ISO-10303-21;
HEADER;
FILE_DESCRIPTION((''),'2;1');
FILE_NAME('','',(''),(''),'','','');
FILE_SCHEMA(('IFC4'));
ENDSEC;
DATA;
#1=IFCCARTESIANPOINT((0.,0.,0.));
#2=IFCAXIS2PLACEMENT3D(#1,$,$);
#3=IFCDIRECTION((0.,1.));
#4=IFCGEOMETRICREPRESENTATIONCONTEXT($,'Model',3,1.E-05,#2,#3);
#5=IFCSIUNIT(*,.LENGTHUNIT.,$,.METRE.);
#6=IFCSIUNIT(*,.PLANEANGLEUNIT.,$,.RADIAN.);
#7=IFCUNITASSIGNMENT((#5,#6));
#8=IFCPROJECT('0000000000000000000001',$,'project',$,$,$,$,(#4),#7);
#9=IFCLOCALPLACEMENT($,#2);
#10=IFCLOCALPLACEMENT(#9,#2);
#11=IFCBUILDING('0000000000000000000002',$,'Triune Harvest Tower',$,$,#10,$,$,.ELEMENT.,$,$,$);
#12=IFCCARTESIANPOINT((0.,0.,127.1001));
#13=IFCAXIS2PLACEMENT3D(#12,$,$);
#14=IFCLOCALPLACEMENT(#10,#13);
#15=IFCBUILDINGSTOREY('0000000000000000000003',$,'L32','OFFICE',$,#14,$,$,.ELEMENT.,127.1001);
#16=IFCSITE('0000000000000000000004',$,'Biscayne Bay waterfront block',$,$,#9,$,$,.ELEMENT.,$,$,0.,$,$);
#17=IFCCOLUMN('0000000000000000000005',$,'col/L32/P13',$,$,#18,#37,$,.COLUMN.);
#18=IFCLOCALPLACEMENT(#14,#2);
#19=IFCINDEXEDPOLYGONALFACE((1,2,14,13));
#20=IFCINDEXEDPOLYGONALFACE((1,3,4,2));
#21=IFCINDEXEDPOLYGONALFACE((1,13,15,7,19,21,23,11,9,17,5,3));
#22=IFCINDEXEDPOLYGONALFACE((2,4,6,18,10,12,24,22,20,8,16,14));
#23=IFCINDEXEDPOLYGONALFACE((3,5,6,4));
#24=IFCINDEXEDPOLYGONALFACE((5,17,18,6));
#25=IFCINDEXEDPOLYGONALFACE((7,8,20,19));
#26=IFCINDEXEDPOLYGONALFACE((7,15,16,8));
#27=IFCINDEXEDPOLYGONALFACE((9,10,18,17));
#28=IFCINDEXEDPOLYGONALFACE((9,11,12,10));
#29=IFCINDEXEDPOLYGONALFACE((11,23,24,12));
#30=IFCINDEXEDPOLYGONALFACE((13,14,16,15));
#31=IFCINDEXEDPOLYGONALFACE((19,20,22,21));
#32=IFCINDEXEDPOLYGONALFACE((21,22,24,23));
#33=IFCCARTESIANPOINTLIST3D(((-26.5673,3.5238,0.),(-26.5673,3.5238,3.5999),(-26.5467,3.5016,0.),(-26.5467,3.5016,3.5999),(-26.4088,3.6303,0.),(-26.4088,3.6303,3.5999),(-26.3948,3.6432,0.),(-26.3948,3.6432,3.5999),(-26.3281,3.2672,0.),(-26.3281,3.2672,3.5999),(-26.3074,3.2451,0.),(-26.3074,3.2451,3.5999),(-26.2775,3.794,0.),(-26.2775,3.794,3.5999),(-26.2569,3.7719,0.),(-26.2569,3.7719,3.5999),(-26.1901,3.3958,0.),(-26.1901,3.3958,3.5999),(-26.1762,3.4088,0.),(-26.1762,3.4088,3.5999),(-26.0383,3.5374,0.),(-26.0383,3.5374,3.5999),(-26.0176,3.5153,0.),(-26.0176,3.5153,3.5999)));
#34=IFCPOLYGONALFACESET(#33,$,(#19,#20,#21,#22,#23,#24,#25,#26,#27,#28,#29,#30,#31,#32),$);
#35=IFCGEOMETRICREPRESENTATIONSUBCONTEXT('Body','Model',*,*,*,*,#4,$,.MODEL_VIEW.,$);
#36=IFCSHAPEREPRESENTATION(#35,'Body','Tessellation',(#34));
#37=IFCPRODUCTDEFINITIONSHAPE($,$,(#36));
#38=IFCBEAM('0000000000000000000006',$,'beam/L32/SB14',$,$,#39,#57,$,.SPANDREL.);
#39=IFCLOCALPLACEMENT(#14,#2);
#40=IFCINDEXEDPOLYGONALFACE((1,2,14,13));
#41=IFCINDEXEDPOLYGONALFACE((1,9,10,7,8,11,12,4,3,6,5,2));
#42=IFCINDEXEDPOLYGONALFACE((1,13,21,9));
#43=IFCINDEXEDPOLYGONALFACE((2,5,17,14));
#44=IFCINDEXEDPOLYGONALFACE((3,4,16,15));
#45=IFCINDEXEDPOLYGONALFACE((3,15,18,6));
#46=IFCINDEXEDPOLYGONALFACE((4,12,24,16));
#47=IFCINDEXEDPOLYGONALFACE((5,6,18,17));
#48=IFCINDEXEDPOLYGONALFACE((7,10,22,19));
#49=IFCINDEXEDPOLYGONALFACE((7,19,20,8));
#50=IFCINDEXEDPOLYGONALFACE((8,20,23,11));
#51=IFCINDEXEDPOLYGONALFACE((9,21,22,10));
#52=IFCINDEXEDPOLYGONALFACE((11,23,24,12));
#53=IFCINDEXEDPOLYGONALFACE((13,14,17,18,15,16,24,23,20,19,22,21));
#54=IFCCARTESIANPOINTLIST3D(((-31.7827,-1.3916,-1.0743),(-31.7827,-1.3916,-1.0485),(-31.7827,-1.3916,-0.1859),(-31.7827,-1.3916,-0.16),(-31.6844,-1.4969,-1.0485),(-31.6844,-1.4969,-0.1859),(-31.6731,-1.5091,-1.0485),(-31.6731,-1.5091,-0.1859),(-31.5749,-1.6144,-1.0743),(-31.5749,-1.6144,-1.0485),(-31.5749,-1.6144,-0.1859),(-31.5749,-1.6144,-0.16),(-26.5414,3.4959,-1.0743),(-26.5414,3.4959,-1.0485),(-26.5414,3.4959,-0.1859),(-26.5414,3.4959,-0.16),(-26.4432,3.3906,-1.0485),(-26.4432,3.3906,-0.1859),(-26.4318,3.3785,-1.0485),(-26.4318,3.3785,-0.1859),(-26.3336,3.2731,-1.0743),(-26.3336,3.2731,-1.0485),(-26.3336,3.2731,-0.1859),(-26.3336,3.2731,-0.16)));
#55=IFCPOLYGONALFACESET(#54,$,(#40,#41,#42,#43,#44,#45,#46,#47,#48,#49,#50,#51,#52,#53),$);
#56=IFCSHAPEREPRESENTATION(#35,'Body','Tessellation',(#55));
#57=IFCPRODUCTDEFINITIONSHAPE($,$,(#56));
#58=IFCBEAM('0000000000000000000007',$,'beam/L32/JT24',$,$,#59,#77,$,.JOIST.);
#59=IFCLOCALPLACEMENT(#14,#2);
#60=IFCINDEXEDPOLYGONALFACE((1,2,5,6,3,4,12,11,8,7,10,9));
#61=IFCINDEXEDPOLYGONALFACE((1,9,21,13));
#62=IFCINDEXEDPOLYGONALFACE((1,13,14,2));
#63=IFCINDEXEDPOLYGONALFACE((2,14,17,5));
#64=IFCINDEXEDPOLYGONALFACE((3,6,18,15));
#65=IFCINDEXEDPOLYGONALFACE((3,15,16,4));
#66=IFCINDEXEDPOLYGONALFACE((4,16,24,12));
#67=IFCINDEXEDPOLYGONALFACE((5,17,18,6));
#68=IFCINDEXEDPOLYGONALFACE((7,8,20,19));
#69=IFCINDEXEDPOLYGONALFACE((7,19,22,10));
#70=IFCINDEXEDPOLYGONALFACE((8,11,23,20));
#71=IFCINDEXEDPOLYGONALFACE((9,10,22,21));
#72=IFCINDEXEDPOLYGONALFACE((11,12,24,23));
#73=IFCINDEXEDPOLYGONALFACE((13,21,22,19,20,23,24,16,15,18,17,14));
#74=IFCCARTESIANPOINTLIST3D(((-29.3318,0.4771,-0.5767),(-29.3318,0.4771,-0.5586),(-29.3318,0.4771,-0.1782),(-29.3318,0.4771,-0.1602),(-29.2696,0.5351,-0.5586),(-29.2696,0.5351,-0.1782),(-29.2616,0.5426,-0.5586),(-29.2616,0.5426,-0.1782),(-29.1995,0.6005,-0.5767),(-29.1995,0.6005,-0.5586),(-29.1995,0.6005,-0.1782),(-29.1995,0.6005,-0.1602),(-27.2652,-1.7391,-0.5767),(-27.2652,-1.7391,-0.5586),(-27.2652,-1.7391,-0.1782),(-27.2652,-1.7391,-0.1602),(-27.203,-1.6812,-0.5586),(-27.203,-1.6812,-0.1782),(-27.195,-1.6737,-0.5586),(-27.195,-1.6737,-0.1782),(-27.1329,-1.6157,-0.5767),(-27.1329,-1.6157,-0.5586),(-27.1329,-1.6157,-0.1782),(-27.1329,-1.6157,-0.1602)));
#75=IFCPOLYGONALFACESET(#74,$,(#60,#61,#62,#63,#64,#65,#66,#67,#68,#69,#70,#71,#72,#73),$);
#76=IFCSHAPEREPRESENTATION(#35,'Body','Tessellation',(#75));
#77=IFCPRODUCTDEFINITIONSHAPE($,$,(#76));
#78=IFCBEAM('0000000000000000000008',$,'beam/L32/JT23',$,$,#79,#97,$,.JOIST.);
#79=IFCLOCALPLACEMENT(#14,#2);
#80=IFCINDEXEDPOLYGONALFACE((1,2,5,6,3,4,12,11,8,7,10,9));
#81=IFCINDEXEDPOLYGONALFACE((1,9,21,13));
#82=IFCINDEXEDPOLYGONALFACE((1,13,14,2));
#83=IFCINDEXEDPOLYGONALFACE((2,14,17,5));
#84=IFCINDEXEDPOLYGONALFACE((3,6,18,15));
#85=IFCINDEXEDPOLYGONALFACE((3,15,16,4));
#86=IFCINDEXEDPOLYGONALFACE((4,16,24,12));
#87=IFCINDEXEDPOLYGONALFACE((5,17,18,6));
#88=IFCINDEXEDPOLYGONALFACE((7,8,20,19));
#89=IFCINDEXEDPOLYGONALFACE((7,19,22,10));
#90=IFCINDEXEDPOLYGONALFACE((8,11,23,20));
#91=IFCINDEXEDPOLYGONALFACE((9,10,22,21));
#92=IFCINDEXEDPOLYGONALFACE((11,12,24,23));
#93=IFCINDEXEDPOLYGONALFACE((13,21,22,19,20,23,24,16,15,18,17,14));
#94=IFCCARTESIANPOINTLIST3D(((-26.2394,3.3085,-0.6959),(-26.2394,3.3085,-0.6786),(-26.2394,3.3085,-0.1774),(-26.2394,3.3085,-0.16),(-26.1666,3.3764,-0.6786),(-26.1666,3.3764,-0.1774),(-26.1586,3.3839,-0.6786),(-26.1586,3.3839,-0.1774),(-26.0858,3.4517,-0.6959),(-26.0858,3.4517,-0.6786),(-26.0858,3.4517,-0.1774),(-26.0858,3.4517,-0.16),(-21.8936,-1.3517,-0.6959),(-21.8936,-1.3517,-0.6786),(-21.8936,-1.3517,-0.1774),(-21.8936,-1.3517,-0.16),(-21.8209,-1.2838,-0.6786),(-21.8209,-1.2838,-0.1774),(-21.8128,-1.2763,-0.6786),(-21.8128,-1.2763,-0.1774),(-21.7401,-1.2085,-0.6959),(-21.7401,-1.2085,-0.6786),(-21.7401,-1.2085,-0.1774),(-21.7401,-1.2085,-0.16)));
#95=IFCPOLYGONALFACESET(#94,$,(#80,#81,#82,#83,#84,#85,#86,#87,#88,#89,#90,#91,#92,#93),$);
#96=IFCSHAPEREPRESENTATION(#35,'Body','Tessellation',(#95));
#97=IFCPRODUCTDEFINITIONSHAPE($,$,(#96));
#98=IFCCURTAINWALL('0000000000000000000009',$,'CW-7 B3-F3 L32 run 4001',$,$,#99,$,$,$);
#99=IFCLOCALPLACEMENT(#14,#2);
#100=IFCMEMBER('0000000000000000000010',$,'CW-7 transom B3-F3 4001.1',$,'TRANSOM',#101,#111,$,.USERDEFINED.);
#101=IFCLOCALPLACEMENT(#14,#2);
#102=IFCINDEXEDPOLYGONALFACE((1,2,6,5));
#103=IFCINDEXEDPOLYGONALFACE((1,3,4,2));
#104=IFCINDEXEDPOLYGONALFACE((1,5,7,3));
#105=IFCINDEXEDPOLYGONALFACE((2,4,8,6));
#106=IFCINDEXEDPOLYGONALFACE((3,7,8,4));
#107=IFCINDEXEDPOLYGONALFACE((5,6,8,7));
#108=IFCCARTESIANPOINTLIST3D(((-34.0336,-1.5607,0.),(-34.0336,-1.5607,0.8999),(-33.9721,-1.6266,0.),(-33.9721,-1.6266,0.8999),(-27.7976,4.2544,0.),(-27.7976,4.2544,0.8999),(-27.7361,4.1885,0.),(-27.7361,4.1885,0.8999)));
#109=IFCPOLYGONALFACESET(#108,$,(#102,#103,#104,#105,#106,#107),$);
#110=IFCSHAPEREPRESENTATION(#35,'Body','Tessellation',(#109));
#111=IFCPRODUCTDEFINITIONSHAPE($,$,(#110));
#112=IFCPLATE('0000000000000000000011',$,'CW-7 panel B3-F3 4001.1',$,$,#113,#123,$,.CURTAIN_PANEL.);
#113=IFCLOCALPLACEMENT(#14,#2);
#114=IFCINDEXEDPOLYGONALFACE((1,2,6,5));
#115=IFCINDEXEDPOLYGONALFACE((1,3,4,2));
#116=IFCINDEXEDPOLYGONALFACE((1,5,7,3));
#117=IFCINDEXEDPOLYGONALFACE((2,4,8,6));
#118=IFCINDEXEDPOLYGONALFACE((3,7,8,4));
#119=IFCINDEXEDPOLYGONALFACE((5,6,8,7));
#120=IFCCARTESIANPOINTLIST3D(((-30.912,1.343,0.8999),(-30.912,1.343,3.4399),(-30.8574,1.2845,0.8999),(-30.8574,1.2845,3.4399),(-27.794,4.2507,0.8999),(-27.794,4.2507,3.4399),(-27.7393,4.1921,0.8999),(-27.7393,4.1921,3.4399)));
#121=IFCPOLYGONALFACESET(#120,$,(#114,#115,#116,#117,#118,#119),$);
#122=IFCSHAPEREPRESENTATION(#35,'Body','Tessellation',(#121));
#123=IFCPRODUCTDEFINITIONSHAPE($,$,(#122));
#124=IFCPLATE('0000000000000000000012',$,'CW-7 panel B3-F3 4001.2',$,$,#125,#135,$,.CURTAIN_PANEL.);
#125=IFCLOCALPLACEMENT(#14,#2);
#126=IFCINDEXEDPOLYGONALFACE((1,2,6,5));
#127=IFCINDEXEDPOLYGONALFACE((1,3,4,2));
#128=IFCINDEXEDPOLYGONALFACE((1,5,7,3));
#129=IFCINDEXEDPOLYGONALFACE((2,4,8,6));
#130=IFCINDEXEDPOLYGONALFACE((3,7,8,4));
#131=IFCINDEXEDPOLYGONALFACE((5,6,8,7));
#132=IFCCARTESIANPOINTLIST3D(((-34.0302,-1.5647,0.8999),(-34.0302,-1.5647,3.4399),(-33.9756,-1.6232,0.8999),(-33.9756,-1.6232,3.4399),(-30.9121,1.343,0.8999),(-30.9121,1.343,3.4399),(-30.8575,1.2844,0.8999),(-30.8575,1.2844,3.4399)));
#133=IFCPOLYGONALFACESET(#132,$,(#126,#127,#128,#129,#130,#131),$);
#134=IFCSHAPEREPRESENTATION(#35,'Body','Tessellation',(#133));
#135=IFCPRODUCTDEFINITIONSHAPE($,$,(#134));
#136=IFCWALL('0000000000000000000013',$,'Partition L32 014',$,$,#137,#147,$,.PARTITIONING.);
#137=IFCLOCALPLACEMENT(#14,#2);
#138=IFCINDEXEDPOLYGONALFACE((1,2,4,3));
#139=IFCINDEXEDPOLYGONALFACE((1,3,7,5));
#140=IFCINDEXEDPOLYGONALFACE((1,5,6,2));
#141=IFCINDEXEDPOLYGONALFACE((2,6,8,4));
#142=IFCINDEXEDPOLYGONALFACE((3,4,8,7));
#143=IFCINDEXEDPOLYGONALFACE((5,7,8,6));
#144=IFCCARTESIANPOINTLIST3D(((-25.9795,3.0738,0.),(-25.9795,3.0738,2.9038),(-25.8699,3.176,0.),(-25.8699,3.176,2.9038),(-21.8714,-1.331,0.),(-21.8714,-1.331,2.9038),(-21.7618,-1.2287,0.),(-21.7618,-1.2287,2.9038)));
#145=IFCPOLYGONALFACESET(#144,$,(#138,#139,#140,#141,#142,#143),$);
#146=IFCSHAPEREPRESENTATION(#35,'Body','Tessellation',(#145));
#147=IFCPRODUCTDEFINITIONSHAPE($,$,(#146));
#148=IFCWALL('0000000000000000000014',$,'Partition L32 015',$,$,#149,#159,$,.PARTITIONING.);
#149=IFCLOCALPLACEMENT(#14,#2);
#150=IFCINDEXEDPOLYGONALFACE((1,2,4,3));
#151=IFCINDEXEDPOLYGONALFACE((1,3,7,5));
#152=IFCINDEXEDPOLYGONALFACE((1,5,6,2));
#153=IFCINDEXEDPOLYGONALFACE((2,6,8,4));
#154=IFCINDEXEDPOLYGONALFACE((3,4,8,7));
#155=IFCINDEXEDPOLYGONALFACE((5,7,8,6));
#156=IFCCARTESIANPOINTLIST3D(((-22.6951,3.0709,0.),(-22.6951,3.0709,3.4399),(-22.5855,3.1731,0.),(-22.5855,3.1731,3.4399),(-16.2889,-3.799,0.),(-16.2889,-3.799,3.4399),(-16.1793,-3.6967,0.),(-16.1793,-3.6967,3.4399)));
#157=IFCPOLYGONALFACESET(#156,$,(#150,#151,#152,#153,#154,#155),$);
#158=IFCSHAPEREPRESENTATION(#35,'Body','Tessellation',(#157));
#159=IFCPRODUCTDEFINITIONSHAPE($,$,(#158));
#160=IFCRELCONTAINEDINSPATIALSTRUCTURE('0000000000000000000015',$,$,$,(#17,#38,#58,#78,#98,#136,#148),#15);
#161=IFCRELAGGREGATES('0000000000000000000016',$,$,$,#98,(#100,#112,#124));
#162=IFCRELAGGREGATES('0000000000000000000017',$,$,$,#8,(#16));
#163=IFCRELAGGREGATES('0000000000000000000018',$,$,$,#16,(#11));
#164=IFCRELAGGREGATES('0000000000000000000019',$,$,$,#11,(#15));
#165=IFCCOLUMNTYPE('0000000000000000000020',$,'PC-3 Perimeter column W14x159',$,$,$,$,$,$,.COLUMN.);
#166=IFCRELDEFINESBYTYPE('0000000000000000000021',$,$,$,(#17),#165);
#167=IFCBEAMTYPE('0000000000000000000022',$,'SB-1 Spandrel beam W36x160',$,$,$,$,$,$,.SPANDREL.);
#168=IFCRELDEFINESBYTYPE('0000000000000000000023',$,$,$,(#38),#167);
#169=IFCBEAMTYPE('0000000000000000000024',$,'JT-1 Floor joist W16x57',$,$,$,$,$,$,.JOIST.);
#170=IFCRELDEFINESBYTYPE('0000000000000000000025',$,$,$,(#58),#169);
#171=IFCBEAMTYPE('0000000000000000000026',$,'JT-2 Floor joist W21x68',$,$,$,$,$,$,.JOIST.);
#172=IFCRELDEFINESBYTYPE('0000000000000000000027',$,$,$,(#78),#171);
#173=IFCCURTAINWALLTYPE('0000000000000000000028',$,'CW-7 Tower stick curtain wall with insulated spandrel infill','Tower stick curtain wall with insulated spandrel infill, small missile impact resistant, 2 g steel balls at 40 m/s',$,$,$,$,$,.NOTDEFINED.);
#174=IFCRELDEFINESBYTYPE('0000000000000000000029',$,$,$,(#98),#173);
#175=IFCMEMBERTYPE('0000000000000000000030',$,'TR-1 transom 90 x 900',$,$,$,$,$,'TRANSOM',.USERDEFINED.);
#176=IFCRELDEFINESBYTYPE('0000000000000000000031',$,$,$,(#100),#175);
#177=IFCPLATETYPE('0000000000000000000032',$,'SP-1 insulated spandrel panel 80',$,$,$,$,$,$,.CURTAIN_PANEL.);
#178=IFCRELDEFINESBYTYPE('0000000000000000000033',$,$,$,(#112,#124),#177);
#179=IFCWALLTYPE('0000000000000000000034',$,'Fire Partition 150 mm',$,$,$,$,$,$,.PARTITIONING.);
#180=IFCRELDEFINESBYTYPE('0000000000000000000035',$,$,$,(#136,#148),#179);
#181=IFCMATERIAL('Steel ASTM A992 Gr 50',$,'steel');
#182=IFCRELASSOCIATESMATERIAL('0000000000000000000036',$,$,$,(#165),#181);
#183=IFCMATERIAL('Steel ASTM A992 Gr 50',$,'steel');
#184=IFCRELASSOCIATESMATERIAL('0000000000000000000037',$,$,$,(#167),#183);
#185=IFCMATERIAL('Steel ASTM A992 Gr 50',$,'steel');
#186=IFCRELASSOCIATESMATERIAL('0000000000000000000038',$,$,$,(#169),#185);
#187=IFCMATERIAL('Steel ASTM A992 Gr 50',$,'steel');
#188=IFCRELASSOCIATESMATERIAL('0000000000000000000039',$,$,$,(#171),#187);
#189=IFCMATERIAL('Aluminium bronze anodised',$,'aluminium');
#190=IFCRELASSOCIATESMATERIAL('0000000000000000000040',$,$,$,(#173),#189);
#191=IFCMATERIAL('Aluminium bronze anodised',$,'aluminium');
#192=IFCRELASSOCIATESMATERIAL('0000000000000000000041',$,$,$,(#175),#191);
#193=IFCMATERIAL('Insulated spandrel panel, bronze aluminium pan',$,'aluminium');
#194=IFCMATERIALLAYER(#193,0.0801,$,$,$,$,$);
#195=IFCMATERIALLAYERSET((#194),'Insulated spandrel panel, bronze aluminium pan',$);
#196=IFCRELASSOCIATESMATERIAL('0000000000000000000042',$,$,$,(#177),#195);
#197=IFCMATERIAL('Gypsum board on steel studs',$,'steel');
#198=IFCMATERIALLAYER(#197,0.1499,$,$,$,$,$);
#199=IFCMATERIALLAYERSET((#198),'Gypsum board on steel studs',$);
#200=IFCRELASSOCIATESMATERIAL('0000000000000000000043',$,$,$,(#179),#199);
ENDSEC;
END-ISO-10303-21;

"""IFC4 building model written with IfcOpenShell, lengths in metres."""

from ifc_helpers import new_model, si_unit, direction, frame, frame_2d, origin, origin_2d, place, context, subcontext, project, spatial, rectangle, i_section, extrude, source, transform, mapped, material, layer, layer_set, material_profile, profile_set, type_object, element, aggregate, save


model = new_model("IFC4")

# Units and contexts
model_context = context("Model", 3, precision=1e-05, world=origin(), true_north=direction((0.0, 1.0)))
body_context = subcontext(model_context, "Body", "Model", "MODEL_VIEW")
ifc_project = project(units=[si_unit("LENGTHUNIT", "METRE"), si_unit("PLANEANGLEUNIT", "RADIAN")], contexts=[model_context])

# Site, building, storey
site_placement = place(None, origin())
site = spatial("IfcSite", under=ifc_project, at=site_placement, Name="Biscayne Bay waterfront block", CompositionType="ELEMENT", RefElevation=0.0)
building_placement = place(site_placement, origin())
building = spatial("IfcBuilding", under=site, at=building_placement, Name="Triune Harvest Tower", CompositionType="ELEMENT")
storey_placement = place(building_placement, frame((0.0, 0.0, 127.1001)))
storey = spatial("IfcBuildingStorey", under=building, at=storey_placement, Name="L32", Description="OFFICE", CompositionType="ELEMENT", Elevation=127.1001)

# Column
ifc_material_1 = material(Name="Steel ASTM A992 Gr 50", Category="steel")
ifc_material_profile_1 = material_profile(ifc_material_1, i_section(OverallWidth=0.3962, OverallDepth=0.3811, WebThickness=0.019, FlangeThickness=0.0303, at=origin_2d()), Name="W14x159")
ifc_profile_set_1 = profile_set([ifc_material_profile_1], Name="Steel ASTM A992 Gr 50")
column_type = type_object("IfcColumnType", Name="PC-3 Perimeter column W14x159", PredefinedType="COLUMN", material=ifc_profile_set_1)
shared_shape_1 = source(origin(), body_context, "Body", "SweptSolid", [
    extrude(i_section(OverallWidth=0.3962, OverallDepth=0.3811, WebThickness=0.019, FlangeThickness=0.0303, at=origin_2d()), origin(), (0.0, 0.0, 1.0), 3.5999),
])
column_placement = place(storey_placement, frame((-26.2925, 3.5195, 0.0), z_axis=(0.0, 0.0, 1.0), x_axis=(-0.731355, -0.681997, 0.0)))
element("IfcColumn", 1, at=column_placement, inside=storey, type_object=column_type, Name="col/L32/P13", PredefinedType="COLUMN", context=body_context, shape_type="MappedRepresentation", body=[
    mapped(shared_shape_1, transform((0.0, 0.0, 0.0), scale=1.0)),
])

# Beams
ifc_material_2 = material(Name="Steel ASTM A992 Gr 50", Category="steel")
ifc_material_profile_2 = material_profile(ifc_material_2, i_section(OverallWidth=0.3047, OverallDepth=0.9143, WebThickness=0.0166, FlangeThickness=0.0259, at=origin_2d()), Name="W36x160")
ifc_profile_set_2 = profile_set([ifc_material_profile_2], Name="Steel ASTM A992 Gr 50")
beam_type_1 = type_object("IfcBeamType", Name="SB-1 Spandrel beam W36x160", PredefinedType="SPANDREL", material=ifc_profile_set_2)
shared_shape_2 = source(origin(), body_context, "Body", "SweptSolid", [
    extrude(i_section(OverallWidth=0.3047, OverallDepth=0.9143, WebThickness=0.0166, FlangeThickness=0.0259, at=origin_2d()), origin(), (0.0, 0.0, 1.0), 7.1665),
])
beam_1_placement = place(storey_placement, frame((-26.4375, 3.3845, -0.6172), z_axis=(-0.731358, -0.681994, 0.0), x_axis=(0.681994, -0.731358, 0.0)))
element("IfcBeam", 2, at=beam_1_placement, inside=storey, type_object=beam_type_1, Name="beam/L32/SB14", PredefinedType="SPANDREL", context=body_context, shape_type="MappedRepresentation", body=[
    mapped(shared_shape_2, transform((0.0, 0.0, 0.0), scale=1.0)),
])
ifc_material_3 = material(Name="Steel ASTM A992 Gr 50", Category="steel")
ifc_material_profile_3 = material_profile(ifc_material_3, i_section(OverallWidth=0.1809, OverallDepth=0.4165, WebThickness=0.011, FlangeThickness=0.0181, at=origin_2d()), Name="W16x57")
ifc_profile_set_3 = profile_set([ifc_material_profile_3], Name="Steel ASTM A992 Gr 50")
beam_type_2 = type_object("IfcBeamType", Name="JT-1 Floor joist W16x57", PredefinedType="JOIST", material=ifc_profile_set_3)
shared_shape_3 = source(origin(), body_context, "Body", "SweptSolid", [
    extrude(i_section(OverallWidth=0.1809, OverallDepth=0.4165, WebThickness=0.011, FlangeThickness=0.0181, at=origin_2d()), origin(), (0.0, 0.0, 1.0), 3.0303),
])
beam_2_placement = place(storey_placement, frame((-29.2656, 0.5388, -0.3684), z_axis=(0.681982, -0.731369, 0.0), x_axis=(0.731369, 0.681982, 0.0)))
element("IfcBeam", 3, at=beam_2_placement, inside=storey, type_object=beam_type_2, Name="beam/L32/JT24", PredefinedType="JOIST", context=body_context, shape_type="MappedRepresentation", body=[
    mapped(shared_shape_3, transform((0.0, 0.0, 0.0), scale=1.0)),
])
ifc_material_4 = material(Name="Steel ASTM A992 Gr 50", Category="steel")
ifc_material_profile_4 = material_profile(ifc_material_4, i_section(OverallWidth=0.21, OverallDepth=0.5359, WebThickness=0.011, FlangeThickness=0.0173, at=origin_2d()), Name="W21x68")
ifc_profile_set_4 = profile_set([ifc_material_profile_4], Name="Steel ASTM A992 Gr 50")
beam_type_3 = type_object("IfcBeamType", Name="JT-2 Floor joist W21x68", PredefinedType="JOIST", material=ifc_profile_set_4)
shared_shape_4 = source(origin(), body_context, "Body", "SweptSolid", [
    extrude(i_section(OverallWidth=0.21, OverallDepth=0.5359, WebThickness=0.011, FlangeThickness=0.0173, at=origin_2d()), origin(), (0.0, 0.0, 1.0), 6.3721),
])
beam_3_placement = place(storey_placement, frame((-26.1626, 3.3801, -0.428), z_axis=(0.682001, -0.731351, 0.0), x_axis=(0.731351, 0.682001, 0.0)))
element("IfcBeam", 4, at=beam_3_placement, inside=storey, type_object=beam_type_3, Name="beam/L32/JT23", PredefinedType="JOIST", context=body_context, shape_type="MappedRepresentation", body=[
    mapped(shared_shape_4, transform((0.0, 0.0, 0.0), scale=1.0)),
])

# Curtain wall, member, plates
ifc_material_5 = material(Name="Aluminium bronze anodised", Category="aluminium")
curtain_wall_type = type_object("IfcCurtainWallType", Name="CW-7 Tower stick curtain wall with insulated spandrel infill", Description="Tower stick curtain wall with insulated spandrel infill, small missile impact resistant, 2 g steel balls at 40 m/s", PredefinedType="NOTDEFINED", material=ifc_material_5)
curtain_wall_placement = place(storey_placement, origin())
curtain_wall = element("IfcCurtainWall", 5, at=curtain_wall_placement, inside=storey, type_object=curtain_wall_type, Name="CW-7 B3-F3 L32 run 4001")
ifc_material_6 = material(Name="Aluminium bronze anodised", Category="aluminium")
ifc_material_profile_5 = material_profile(ifc_material_6, rectangle(XDim=0.0901, YDim=0.8999, at=origin_2d()), Name="TR-1 transom 90 x 900")
ifc_profile_set_5 = profile_set([ifc_material_profile_5], Name="Aluminium bronze anodised")
member_type = type_object("IfcMemberType", Name="TR-1 transom 90 x 900", ElementType="TRANSOM", PredefinedType="USERDEFINED", material=ifc_profile_set_5)
shared_shape_5 = source(origin(), body_context, "Body", "SweptSolid", [
    extrude(rectangle(XDim=0.0901, YDim=0.8999, at=origin_2d()), origin(), (0.0, 0.0, 1.0), 8.5266),
])
member_placement = place(storey_placement, frame((-27.7668, 4.2214, 0.45), z_axis=(-0.731357, -0.681995, 0.0), x_axis=(0.681995, -0.731357, 0.0)))
member = element("IfcMember", 6, at=member_placement, type_object=member_type, Name="CW-7 transom B3-F3 4001.1", ObjectType="TRANSOM", PredefinedType="USERDEFINED", context=body_context, shape_type="MappedRepresentation", body=[
    mapped(shared_shape_5, transform((0.0, 0.0, 0.0), scale=1.0)),
])
ifc_material_7 = material(Name="Insulated spandrel panel, bronze aluminium pan", Category="aluminium")
ifc_layer_1 = layer(ifc_material_7, 0.0801)
ifc_layer_set_1 = layer_set([ifc_layer_1], Name="Insulated spandrel panel, bronze aluminium pan")
plate_type = type_object("IfcPlateType", Name="SP-1 insulated spandrel panel 80", PredefinedType="CURTAIN_PANEL", material=ifc_layer_set_1)
shared_shape_6 = source(origin(), body_context, "Body", "SweptSolid", [
    extrude(rectangle(XDim=4.2634, YDim=0.0801, at=origin_2d()), origin(), (0.0, 0.0, 1.0), 2.54),
])
plate_1_placement = place(storey_placement, frame((-29.3257, 2.7676, 0.8999), z_axis=(0.0, 0.0, 1.0), x_axis=(-0.731354, -0.681998, 0.0)))
plate_1 = element("IfcPlate", 7, at=plate_1_placement, type_object=plate_type, Name="CW-7 panel B3-F3 4001.1", PredefinedType="CURTAIN_PANEL", context=body_context, shape_type="MappedRepresentation", body=[
    mapped(shared_shape_6, transform((0.0, 0.0, 0.0), scale=1.0)),
])
plate_2_placement = place(storey_placement, frame((-32.4438, -0.1401, 0.8999), z_axis=(0.0, 0.0, 1.0), x_axis=(-0.731354, -0.681998, 0.0)))
plate_2 = element("IfcPlate", 8, at=plate_2_placement, type_object=plate_type, Name="CW-7 panel B3-F3 4001.2", PredefinedType="CURTAIN_PANEL", context=body_context, shape_type="MappedRepresentation", body=[
    mapped(shared_shape_6, transform((0.0, 0.0, 0.0), scale=1.0)),
])
aggregate(curtain_wall, [member, plate_1, plate_2])

# Walls
ifc_material_8 = material(Name="Gypsum board on steel studs", Category="steel")
ifc_layer_2 = layer(ifc_material_8, 0.1499)
ifc_layer_set_2 = layer_set([ifc_layer_2], Name="Gypsum board on steel studs")
wall_type_1 = type_object("IfcWallType", Name="Fire Partition 150 mm", PredefinedType="PARTITIONING", material=ifc_layer_set_2)
wall_1_placement = place(storey_placement, frame((-25.9248, 3.125, 0.0), z_axis=(0.0, 0.0, 1.0), x_axis=(0.682054, -0.731302, 0.0)))
element("IfcWall", 9, at=wall_1_placement, inside=storey, type_object=wall_type_1, Name="Partition L32 014", PredefinedType="PARTITIONING", context=body_context, shape_type="SweptSolid", body=[
    extrude(rectangle(XDim=6.0232, YDim=0.1499, at=frame_2d((3.0117, 0.0))), origin(), (0.0, 0.0, 1.0), 2.9038),
])
wall_2_placement = place(storey_placement, frame((-22.6404, 3.1221, 0.0), z_axis=(0.0, 0.0, 1.0), x_axis=(0.681998, -0.731354, 0.0)))
element("IfcWall", 10, at=wall_2_placement, inside=storey, type_object=wall_type_1, Name="Partition L32 015", PredefinedType="PARTITIONING", context=body_context, shape_type="SweptSolid", body=[
    extrude(rectangle(XDim=9.3933, YDim=0.1499, at=frame_2d((4.6968, 0.0))), origin(), (0.0, 0.0, 1.0), 3.4399),
])

save(model, "model.ifc")
